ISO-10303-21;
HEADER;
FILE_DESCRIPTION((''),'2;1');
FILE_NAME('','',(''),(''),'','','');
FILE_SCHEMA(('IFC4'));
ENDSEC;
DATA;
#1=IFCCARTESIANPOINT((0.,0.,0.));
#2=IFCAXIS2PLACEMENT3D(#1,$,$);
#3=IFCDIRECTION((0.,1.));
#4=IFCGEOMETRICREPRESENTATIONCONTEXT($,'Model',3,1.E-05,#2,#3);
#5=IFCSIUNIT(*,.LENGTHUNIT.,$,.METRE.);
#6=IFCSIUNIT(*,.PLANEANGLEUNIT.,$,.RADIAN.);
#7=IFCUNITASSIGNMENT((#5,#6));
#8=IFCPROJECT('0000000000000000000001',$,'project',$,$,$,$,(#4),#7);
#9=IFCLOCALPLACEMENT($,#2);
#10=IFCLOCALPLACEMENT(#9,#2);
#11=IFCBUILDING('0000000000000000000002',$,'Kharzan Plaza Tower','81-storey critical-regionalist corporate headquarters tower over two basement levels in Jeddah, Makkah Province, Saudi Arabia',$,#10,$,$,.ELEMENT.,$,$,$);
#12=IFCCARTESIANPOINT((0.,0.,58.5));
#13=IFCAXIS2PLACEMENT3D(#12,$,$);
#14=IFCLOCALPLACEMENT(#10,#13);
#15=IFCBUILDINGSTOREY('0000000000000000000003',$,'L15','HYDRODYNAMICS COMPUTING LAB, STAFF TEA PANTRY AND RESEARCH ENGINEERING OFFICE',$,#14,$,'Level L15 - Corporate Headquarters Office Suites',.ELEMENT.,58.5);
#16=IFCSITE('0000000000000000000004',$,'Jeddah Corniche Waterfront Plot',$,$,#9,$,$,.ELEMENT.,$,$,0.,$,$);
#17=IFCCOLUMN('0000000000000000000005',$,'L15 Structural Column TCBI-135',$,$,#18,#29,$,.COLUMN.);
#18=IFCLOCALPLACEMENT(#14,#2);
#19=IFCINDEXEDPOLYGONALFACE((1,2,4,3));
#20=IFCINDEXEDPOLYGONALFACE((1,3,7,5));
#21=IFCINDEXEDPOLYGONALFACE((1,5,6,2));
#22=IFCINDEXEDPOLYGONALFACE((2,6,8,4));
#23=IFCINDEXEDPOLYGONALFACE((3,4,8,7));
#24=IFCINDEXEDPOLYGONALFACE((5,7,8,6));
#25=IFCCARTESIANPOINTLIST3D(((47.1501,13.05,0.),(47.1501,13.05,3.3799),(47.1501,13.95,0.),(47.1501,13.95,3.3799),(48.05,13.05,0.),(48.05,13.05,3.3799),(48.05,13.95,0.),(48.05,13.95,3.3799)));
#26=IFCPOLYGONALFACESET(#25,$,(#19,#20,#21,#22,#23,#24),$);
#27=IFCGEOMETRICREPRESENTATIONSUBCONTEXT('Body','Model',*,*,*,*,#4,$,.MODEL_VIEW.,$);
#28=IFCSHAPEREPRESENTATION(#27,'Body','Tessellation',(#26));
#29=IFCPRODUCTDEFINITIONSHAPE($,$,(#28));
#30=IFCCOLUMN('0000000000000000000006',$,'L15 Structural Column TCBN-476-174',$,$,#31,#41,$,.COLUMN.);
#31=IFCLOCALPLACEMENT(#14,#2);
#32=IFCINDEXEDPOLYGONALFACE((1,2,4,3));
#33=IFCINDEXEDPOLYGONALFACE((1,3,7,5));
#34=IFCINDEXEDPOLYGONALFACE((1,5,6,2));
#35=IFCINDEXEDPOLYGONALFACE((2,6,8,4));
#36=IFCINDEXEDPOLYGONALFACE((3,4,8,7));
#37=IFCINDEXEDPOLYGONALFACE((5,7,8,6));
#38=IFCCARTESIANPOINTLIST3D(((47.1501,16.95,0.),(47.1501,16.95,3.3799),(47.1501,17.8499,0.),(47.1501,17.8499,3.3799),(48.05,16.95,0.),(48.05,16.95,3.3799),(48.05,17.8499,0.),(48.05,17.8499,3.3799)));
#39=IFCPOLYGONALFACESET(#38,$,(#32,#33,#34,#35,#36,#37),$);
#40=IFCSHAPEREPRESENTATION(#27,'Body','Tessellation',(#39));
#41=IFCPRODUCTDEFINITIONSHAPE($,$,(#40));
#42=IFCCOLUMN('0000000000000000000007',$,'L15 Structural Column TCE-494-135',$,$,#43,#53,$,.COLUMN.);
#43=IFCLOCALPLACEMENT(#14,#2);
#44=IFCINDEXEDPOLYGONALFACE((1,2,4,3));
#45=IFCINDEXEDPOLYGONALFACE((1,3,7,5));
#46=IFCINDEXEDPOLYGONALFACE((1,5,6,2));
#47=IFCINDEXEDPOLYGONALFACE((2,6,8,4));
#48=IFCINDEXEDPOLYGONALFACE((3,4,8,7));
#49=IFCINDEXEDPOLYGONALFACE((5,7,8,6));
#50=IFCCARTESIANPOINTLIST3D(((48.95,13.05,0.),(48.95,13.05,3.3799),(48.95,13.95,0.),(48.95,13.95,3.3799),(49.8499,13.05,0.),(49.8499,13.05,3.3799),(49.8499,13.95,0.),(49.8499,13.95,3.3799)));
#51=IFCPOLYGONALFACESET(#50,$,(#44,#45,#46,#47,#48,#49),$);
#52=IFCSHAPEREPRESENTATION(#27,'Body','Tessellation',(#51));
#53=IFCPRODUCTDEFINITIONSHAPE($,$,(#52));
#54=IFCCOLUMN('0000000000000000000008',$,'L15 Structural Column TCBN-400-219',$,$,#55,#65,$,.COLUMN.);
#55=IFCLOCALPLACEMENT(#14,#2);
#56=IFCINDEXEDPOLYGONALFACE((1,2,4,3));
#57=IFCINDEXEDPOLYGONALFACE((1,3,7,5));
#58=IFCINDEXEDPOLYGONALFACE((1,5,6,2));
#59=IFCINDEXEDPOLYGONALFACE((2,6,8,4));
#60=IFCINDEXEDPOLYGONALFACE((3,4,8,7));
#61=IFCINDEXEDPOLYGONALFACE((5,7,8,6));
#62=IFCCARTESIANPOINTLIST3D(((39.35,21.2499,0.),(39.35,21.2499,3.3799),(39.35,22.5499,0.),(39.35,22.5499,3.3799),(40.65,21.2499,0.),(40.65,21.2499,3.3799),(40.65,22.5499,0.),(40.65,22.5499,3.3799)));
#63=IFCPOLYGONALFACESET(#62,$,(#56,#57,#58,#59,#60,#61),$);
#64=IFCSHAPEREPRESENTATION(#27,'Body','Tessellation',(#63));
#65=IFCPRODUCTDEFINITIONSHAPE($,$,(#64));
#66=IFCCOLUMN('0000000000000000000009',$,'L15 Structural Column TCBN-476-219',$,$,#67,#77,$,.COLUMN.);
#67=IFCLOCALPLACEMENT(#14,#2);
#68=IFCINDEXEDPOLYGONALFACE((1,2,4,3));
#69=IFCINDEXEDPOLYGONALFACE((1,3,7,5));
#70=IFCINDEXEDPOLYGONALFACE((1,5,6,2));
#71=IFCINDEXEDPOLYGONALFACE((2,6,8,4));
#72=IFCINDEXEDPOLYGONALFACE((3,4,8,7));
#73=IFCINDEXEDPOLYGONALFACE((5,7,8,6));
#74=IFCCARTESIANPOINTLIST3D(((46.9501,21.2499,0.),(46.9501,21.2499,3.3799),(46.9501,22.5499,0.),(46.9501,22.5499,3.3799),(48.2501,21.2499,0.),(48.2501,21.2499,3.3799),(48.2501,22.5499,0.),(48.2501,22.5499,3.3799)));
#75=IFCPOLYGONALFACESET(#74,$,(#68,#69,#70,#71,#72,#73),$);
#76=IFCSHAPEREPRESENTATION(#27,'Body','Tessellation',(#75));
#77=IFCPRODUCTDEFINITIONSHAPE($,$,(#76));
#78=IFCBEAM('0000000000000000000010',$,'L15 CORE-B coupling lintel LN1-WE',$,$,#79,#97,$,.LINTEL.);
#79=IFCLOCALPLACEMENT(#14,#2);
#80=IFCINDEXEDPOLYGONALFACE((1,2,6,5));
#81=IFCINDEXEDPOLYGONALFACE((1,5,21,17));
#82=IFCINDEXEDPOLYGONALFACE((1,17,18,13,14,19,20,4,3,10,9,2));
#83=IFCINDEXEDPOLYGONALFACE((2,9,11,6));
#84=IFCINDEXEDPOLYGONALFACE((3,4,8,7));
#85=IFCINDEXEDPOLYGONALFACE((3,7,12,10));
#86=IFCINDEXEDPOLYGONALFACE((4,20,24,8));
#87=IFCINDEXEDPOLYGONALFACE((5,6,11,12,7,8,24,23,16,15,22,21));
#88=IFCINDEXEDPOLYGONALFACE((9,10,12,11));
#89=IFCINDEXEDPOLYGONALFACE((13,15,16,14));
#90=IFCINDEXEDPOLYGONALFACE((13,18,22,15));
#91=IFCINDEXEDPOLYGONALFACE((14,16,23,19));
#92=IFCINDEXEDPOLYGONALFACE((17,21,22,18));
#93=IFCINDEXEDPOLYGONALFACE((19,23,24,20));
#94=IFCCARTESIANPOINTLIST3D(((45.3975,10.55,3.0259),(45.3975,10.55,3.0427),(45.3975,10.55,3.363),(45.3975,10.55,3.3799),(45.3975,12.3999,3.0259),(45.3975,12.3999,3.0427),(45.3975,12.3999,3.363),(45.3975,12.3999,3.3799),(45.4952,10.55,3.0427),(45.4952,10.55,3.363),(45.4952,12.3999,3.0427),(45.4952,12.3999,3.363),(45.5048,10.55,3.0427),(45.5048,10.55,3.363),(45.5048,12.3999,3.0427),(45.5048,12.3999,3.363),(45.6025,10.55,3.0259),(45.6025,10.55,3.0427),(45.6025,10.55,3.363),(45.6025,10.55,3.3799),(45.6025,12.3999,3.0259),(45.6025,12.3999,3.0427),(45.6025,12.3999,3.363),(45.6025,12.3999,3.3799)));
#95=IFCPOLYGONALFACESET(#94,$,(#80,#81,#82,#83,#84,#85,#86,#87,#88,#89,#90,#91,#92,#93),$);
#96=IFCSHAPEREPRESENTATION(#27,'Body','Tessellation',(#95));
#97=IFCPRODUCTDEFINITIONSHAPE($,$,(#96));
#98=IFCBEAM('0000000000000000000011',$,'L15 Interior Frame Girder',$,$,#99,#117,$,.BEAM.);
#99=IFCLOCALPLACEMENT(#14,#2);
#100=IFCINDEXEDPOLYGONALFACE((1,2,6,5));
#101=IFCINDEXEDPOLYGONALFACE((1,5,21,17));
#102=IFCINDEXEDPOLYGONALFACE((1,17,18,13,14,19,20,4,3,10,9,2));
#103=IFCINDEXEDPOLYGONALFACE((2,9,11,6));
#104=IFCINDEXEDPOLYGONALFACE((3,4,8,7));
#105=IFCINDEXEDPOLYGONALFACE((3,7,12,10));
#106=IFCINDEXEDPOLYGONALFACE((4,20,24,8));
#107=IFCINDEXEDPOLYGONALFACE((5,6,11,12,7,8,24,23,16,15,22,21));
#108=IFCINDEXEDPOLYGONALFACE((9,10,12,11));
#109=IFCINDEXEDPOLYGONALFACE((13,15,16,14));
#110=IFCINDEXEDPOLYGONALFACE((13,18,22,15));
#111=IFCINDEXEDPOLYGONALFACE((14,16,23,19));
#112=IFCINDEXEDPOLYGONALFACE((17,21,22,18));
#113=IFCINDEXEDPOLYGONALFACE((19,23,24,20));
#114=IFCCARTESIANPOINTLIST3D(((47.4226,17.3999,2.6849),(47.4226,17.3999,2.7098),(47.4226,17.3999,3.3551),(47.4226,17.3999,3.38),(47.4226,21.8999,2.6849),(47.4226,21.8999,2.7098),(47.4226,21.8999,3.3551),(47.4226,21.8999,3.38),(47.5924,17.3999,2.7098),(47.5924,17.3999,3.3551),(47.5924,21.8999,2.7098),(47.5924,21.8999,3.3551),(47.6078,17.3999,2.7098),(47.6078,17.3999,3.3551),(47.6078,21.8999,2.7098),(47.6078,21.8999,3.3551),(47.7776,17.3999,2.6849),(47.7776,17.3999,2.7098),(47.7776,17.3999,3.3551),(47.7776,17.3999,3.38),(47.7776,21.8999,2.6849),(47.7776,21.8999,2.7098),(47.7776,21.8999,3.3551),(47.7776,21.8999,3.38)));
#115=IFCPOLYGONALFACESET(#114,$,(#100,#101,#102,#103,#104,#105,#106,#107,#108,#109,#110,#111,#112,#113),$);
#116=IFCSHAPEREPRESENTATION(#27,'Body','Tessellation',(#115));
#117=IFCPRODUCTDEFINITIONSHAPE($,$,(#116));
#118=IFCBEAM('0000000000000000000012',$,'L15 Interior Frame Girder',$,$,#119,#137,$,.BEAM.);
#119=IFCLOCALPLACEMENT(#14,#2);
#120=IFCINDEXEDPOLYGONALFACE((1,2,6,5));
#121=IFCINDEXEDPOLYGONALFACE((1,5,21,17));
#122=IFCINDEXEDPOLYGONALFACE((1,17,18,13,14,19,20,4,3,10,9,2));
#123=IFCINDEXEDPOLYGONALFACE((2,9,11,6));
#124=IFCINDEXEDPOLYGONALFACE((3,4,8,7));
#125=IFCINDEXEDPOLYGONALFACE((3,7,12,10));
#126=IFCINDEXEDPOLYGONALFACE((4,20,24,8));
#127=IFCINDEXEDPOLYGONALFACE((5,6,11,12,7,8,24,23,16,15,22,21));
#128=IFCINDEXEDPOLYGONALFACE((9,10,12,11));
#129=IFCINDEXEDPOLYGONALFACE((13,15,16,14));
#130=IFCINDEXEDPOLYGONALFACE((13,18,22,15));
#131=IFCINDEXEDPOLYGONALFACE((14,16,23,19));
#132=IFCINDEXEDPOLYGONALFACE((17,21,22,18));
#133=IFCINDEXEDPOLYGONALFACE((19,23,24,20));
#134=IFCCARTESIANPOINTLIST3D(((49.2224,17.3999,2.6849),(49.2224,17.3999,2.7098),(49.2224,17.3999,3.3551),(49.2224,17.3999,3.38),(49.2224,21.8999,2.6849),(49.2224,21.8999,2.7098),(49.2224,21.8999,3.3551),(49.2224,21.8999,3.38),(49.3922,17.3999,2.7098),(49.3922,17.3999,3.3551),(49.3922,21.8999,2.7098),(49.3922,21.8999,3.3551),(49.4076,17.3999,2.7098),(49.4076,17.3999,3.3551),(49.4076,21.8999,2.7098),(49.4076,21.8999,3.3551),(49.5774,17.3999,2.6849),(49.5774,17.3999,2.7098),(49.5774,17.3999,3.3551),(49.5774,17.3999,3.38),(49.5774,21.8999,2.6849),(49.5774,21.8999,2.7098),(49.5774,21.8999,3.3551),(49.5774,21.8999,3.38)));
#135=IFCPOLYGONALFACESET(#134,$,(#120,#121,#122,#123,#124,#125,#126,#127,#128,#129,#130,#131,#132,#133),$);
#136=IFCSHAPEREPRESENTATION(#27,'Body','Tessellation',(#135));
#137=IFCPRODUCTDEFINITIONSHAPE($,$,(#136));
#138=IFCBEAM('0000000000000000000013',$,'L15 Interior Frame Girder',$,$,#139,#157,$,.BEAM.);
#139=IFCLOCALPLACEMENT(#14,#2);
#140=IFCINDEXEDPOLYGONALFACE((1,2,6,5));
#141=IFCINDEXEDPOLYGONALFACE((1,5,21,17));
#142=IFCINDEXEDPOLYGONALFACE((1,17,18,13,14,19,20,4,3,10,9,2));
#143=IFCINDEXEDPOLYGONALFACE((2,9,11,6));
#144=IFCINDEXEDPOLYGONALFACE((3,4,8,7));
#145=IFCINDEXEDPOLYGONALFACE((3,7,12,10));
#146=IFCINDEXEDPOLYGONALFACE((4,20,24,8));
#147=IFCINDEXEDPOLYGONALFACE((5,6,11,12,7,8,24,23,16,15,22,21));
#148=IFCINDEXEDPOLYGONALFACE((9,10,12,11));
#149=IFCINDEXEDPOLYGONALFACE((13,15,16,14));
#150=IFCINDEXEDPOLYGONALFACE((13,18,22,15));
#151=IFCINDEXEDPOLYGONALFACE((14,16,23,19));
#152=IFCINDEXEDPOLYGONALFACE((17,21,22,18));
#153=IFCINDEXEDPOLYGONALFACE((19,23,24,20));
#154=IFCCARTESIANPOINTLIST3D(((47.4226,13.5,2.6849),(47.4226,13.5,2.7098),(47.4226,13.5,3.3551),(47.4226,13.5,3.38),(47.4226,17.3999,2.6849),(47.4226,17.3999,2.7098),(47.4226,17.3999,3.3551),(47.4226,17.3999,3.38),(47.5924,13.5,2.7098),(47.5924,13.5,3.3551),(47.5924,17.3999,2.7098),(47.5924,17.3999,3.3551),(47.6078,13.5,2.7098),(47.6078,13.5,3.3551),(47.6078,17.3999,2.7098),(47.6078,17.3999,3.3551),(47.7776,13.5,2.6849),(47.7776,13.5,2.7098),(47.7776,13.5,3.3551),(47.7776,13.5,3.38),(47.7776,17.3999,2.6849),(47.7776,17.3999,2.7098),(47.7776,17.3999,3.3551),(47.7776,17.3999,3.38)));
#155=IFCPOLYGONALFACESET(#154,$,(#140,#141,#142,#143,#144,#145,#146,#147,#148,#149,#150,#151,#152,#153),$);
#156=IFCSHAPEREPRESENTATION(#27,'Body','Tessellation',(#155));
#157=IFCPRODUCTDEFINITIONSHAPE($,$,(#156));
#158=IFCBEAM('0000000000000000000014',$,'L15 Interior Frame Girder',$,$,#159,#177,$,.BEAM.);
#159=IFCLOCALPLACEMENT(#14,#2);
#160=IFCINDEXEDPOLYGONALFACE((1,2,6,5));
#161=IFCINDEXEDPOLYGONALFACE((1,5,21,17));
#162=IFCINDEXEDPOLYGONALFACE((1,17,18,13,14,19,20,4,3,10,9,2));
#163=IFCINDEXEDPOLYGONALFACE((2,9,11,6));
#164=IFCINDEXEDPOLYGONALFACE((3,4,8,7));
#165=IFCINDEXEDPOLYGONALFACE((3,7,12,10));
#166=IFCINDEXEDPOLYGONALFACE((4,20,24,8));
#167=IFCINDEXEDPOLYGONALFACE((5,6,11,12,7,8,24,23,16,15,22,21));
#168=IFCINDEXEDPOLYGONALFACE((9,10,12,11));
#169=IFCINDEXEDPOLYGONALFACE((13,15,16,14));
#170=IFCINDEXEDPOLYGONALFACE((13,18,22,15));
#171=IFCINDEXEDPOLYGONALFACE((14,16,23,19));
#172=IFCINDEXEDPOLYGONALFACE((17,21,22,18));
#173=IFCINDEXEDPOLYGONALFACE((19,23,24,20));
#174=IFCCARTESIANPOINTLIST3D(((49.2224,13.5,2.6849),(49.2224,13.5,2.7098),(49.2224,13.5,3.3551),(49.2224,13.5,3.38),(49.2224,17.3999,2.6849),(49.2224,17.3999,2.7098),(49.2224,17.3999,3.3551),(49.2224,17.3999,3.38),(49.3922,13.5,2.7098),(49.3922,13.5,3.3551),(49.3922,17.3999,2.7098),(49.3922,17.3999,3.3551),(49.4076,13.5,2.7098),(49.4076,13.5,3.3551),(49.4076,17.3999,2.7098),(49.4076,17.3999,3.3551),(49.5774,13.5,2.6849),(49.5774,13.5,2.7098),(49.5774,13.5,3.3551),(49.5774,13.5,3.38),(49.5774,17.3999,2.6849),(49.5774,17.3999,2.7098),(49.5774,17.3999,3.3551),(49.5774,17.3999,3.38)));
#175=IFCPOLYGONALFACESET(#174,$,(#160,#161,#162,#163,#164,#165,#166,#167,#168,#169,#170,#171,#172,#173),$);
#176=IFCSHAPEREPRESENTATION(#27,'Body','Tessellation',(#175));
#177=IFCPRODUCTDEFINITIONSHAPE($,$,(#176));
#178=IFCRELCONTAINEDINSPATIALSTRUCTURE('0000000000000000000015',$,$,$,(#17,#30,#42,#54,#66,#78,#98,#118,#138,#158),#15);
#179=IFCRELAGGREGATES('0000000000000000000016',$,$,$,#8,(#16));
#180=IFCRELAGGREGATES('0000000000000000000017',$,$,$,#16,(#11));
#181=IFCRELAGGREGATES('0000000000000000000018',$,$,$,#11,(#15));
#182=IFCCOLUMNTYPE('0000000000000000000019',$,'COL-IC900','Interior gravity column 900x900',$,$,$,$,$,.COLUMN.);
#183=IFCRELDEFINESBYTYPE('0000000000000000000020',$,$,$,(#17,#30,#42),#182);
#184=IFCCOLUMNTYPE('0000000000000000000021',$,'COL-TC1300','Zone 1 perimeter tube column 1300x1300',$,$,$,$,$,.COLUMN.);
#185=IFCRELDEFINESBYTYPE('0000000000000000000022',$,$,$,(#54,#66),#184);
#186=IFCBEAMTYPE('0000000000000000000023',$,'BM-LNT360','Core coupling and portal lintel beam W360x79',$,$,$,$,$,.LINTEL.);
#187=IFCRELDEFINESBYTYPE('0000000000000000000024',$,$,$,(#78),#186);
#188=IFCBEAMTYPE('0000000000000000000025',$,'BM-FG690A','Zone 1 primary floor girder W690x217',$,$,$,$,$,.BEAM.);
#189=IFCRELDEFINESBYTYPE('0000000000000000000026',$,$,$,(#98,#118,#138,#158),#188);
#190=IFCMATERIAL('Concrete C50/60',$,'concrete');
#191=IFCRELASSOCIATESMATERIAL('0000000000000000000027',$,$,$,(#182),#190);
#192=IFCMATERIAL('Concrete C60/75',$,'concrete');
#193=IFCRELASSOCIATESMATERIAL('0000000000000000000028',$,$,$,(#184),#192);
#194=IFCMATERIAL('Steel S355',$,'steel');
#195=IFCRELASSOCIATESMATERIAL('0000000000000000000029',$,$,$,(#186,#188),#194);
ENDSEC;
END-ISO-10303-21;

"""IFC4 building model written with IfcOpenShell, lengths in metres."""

from ifc_helpers import new_model, si_unit, direction, frame, origin, origin_2d, place, context, subcontext, project, spatial, rectangle, i_section, extrude, source, transform, mapped, material, material_profile, profile_set, type_object, element, save


model = new_model("IFC4")

# Units and contexts
model_context = context("Model", 3, precision=1e-05, world=origin(), true_north=direction((0.0, 1.0)))
body_context = subcontext(model_context, "Body", "Model", "MODEL_VIEW")
ifc_project = project(units=[si_unit("LENGTHUNIT", "METRE"), si_unit("PLANEANGLEUNIT", "RADIAN")], contexts=[model_context])

# Site, building, storey
site_placement = place(None, origin())
site = spatial("IfcSite", under=ifc_project, at=site_placement, Name="Jeddah Corniche Waterfront Plot", CompositionType="ELEMENT", RefElevation=0.0)
building_placement = place(site_placement, origin())
building = spatial("IfcBuilding", under=site, at=building_placement, Name="Kharzan Plaza Tower", Description="81-storey critical-regionalist corporate headquarters tower over two basement levels in Jeddah, Makkah Province, Saudi Arabia", CompositionType="ELEMENT")
storey_placement = place(building_placement, frame((0.0, 0.0, 58.5)))
storey = spatial("IfcBuildingStorey", under=building, at=storey_placement, Name="L15", Description="HYDRODYNAMICS COMPUTING LAB, STAFF TEA PANTRY AND RESEARCH ENGINEERING OFFICE", LongName="Level L15 - Corporate Headquarters Office Suites", CompositionType="ELEMENT", Elevation=58.5)

# Columns
ifc_material_1 = material(Name="Concrete C50/60", Category="concrete")
ifc_material_profile_1 = material_profile(ifc_material_1, rectangle(XDim=0.8999, YDim=0.8999, at=origin_2d()), Name="RC-IC900x900")
ifc_profile_set_1 = profile_set([ifc_material_profile_1], Name="Concrete C50/60")
column_type_1 = type_object("IfcColumnType", Name="COL-IC900", Description="Interior gravity column 900x900", PredefinedType="COLUMN", material=ifc_profile_set_1)
shared_shape_1 = source(origin(), body_context, "Body", "SweptSolid", [
    extrude(rectangle(XDim=0.8999, YDim=0.8999, at=origin_2d()), origin(), (0.0, 0.0, 1.0), 3.3799),
])
for number, where, z_axis, x_axis, name in (
    (1, (47.6001, 13.5, 0.0), (0.0, 0.0, 1.0), (1.0, 0.0, 0.0), "L15 Structural Column TCBI-135"),
    (2, (47.6001, 17.3999, 0.0), (0.0, 0.0, 1.0), (1.0, 0.0, 0.0), "L15 Structural Column TCBN-476-174"),
    (3, (49.3999, 13.5, 0.0), (0.0, 0.0, 1.0), (1.0, 0.0, 0.0), "L15 Structural Column TCE-494-135"),
):
    element("IfcColumn", number, at=place(storey_placement, frame(where, z_axis=z_axis, x_axis=x_axis)), inside=storey, type_object=column_type_1, Name=name, PredefinedType="COLUMN", context=body_context, shape_type="MappedRepresentation", body=[
        mapped(shared_shape_1, transform((0.0, 0.0, 0.0), x_axis=(1.0, 0.0, 0.0), y_axis=(0.0, 1.0, 0.0), z_axis=(0.0, 0.0, 1.0))),
    ])
ifc_material_2 = material(Name="Concrete C60/75", Category="concrete")
ifc_material_profile_2 = material_profile(ifc_material_2, rectangle(XDim=1.3, YDim=1.3, at=origin_2d()), Name="RC-TC1300x1300")
ifc_profile_set_2 = profile_set([ifc_material_profile_2], Name="Concrete C60/75")
column_type_2 = type_object("IfcColumnType", Name="COL-TC1300", Description="Zone 1 perimeter tube column 1300x1300", PredefinedType="COLUMN", material=ifc_profile_set_2)
shared_shape_2 = source(origin(), body_context, "Body", "SweptSolid", [
    extrude(rectangle(XDim=1.3, YDim=1.3, at=origin_2d()), origin(), (0.0, 0.0, 1.0), 3.3799),
])
for number, where, z_axis, x_axis, name in (
    (4, (40.0, 21.8999, 0.0), (0.0, 0.0, 1.0), (1.0, 0.0, 0.0), "L15 Structural Column TCBN-400-219"),
    (5, (47.6001, 21.8999, 0.0), (0.0, 0.0, 1.0), (1.0, 0.0, 0.0), "L15 Structural Column TCBN-476-219"),
):
    element("IfcColumn", number, at=place(storey_placement, frame(where, z_axis=z_axis, x_axis=x_axis)), inside=storey, type_object=column_type_2, Name=name, PredefinedType="COLUMN", context=body_context, shape_type="MappedRepresentation", body=[
        mapped(shared_shape_2, transform((0.0, 0.0, 0.0), x_axis=(1.0, 0.0, 0.0), y_axis=(0.0, 1.0, 0.0), z_axis=(0.0, 0.0, 1.0))),
    ])

# Beams
ifc_material_3 = material(Name="Steel S355", Category="steel")
ifc_material_profile_3 = material_profile(ifc_material_3, i_section(OverallWidth=0.2051, OverallDepth=0.354, WebThickness=0.0095, FlangeThickness=0.0168, at=origin_2d()), Name="W360x79")
ifc_profile_set_3 = profile_set([ifc_material_profile_3], Name="Steel S355")
beam_type_1 = type_object("IfcBeamType", Name="BM-LNT360", Description="Core coupling and portal lintel beam W360x79", PredefinedType="LINTEL", material=ifc_profile_set_3)
shared_shape_3 = source(origin(), body_context, "Body", "SweptSolid", [
    extrude(i_section(OverallWidth=0.2051, OverallDepth=0.354, WebThickness=0.0095, FlangeThickness=0.0168, at=origin_2d()), origin(), (0.0, 0.0, 1.0), 1.8499),
])
beam_1_placement = place(storey_placement, frame((45.5, 10.55, 3.2029), z_axis=(0.0, 1.0, 0.0), x_axis=(-1.0, 0.0, 0.0)))
element("IfcBeam", 6, at=beam_1_placement, inside=storey, type_object=beam_type_1, Name="L15 CORE-B coupling lintel LN1-WE", PredefinedType="LINTEL", context=body_context, shape_type="MappedRepresentation", body=[
    mapped(shared_shape_3, transform((0.0, 0.0, 0.0), x_axis=(1.0, 0.0, 0.0), y_axis=(0.0, 1.0, 0.0), z_axis=(0.0, 0.0, 1.0))),
])
ifc_material_profile_4 = material_profile(ifc_material_3, i_section(OverallWidth=0.355, OverallDepth=0.6951, WebThickness=0.0154, FlangeThickness=0.0249, at=origin_2d()), Name="W690x217")
ifc_profile_set_4 = profile_set([ifc_material_profile_4], Name="Steel S355")
beam_type_2 = type_object("IfcBeamType", Name="BM-FG690A", Description="Zone 1 primary floor girder W690x217", PredefinedType="BEAM", material=ifc_profile_set_4)
shared_shape_4 = source(origin(), body_context, "Body", "SweptSolid", [
    extrude(i_section(OverallWidth=0.355, OverallDepth=0.6951, WebThickness=0.0154, FlangeThickness=0.0249, at=origin_2d()), origin(), (0.0, 0.0, 1.0), 4.5),
])
for number, where, z_axis, x_axis, name in (
    (7, (47.6001, 17.3999, 3.0325), (0.0, 1.0, 0.0), (-1.0, 0.0, 0.0), "L15 Interior Frame Girder"),
    (8, (49.3999, 17.3999, 3.0325), (0.0, 1.0, 0.0), (-1.0, 0.0, 0.0), "L15 Interior Frame Girder"),
):
    element("IfcBeam", number, at=place(storey_placement, frame(where, z_axis=z_axis, x_axis=x_axis)), inside=storey, type_object=beam_type_2, Name=name, PredefinedType="BEAM", context=body_context, shape_type="MappedRepresentation", body=[
        mapped(shared_shape_4, transform((0.0, 0.0, 0.0), x_axis=(1.0, 0.0, 0.0), y_axis=(0.0, 1.0, 0.0), z_axis=(0.0, 0.0, 1.0))),
    ])
shared_shape_5 = source(origin(), body_context, "Body", "SweptSolid", [
    extrude(i_section(OverallWidth=0.355, OverallDepth=0.6951, WebThickness=0.0154, FlangeThickness=0.0249, at=origin_2d()), origin(), (0.0, 0.0, 1.0), 3.8999),
])
for number, where, z_axis, x_axis, name in (
    (9, (47.6001, 13.5, 3.0325), (0.0, 1.0, 0.0), (-1.0, 0.0, 0.0), "L15 Interior Frame Girder"),
    (10, (49.3999, 13.5, 3.0325), (0.0, 1.0, 0.0), (-1.0, 0.0, 0.0), "L15 Interior Frame Girder"),
):
    element("IfcBeam", number, at=place(storey_placement, frame(where, z_axis=z_axis, x_axis=x_axis)), inside=storey, type_object=beam_type_2, Name=name, PredefinedType="BEAM", context=body_context, shape_type="MappedRepresentation", body=[
        mapped(shared_shape_5, transform((0.0, 0.0, 0.0), x_axis=(1.0, 0.0, 0.0), y_axis=(0.0, 1.0, 0.0), z_axis=(0.0, 0.0, 1.0))),
    ])

save(model, "model.ifc")
